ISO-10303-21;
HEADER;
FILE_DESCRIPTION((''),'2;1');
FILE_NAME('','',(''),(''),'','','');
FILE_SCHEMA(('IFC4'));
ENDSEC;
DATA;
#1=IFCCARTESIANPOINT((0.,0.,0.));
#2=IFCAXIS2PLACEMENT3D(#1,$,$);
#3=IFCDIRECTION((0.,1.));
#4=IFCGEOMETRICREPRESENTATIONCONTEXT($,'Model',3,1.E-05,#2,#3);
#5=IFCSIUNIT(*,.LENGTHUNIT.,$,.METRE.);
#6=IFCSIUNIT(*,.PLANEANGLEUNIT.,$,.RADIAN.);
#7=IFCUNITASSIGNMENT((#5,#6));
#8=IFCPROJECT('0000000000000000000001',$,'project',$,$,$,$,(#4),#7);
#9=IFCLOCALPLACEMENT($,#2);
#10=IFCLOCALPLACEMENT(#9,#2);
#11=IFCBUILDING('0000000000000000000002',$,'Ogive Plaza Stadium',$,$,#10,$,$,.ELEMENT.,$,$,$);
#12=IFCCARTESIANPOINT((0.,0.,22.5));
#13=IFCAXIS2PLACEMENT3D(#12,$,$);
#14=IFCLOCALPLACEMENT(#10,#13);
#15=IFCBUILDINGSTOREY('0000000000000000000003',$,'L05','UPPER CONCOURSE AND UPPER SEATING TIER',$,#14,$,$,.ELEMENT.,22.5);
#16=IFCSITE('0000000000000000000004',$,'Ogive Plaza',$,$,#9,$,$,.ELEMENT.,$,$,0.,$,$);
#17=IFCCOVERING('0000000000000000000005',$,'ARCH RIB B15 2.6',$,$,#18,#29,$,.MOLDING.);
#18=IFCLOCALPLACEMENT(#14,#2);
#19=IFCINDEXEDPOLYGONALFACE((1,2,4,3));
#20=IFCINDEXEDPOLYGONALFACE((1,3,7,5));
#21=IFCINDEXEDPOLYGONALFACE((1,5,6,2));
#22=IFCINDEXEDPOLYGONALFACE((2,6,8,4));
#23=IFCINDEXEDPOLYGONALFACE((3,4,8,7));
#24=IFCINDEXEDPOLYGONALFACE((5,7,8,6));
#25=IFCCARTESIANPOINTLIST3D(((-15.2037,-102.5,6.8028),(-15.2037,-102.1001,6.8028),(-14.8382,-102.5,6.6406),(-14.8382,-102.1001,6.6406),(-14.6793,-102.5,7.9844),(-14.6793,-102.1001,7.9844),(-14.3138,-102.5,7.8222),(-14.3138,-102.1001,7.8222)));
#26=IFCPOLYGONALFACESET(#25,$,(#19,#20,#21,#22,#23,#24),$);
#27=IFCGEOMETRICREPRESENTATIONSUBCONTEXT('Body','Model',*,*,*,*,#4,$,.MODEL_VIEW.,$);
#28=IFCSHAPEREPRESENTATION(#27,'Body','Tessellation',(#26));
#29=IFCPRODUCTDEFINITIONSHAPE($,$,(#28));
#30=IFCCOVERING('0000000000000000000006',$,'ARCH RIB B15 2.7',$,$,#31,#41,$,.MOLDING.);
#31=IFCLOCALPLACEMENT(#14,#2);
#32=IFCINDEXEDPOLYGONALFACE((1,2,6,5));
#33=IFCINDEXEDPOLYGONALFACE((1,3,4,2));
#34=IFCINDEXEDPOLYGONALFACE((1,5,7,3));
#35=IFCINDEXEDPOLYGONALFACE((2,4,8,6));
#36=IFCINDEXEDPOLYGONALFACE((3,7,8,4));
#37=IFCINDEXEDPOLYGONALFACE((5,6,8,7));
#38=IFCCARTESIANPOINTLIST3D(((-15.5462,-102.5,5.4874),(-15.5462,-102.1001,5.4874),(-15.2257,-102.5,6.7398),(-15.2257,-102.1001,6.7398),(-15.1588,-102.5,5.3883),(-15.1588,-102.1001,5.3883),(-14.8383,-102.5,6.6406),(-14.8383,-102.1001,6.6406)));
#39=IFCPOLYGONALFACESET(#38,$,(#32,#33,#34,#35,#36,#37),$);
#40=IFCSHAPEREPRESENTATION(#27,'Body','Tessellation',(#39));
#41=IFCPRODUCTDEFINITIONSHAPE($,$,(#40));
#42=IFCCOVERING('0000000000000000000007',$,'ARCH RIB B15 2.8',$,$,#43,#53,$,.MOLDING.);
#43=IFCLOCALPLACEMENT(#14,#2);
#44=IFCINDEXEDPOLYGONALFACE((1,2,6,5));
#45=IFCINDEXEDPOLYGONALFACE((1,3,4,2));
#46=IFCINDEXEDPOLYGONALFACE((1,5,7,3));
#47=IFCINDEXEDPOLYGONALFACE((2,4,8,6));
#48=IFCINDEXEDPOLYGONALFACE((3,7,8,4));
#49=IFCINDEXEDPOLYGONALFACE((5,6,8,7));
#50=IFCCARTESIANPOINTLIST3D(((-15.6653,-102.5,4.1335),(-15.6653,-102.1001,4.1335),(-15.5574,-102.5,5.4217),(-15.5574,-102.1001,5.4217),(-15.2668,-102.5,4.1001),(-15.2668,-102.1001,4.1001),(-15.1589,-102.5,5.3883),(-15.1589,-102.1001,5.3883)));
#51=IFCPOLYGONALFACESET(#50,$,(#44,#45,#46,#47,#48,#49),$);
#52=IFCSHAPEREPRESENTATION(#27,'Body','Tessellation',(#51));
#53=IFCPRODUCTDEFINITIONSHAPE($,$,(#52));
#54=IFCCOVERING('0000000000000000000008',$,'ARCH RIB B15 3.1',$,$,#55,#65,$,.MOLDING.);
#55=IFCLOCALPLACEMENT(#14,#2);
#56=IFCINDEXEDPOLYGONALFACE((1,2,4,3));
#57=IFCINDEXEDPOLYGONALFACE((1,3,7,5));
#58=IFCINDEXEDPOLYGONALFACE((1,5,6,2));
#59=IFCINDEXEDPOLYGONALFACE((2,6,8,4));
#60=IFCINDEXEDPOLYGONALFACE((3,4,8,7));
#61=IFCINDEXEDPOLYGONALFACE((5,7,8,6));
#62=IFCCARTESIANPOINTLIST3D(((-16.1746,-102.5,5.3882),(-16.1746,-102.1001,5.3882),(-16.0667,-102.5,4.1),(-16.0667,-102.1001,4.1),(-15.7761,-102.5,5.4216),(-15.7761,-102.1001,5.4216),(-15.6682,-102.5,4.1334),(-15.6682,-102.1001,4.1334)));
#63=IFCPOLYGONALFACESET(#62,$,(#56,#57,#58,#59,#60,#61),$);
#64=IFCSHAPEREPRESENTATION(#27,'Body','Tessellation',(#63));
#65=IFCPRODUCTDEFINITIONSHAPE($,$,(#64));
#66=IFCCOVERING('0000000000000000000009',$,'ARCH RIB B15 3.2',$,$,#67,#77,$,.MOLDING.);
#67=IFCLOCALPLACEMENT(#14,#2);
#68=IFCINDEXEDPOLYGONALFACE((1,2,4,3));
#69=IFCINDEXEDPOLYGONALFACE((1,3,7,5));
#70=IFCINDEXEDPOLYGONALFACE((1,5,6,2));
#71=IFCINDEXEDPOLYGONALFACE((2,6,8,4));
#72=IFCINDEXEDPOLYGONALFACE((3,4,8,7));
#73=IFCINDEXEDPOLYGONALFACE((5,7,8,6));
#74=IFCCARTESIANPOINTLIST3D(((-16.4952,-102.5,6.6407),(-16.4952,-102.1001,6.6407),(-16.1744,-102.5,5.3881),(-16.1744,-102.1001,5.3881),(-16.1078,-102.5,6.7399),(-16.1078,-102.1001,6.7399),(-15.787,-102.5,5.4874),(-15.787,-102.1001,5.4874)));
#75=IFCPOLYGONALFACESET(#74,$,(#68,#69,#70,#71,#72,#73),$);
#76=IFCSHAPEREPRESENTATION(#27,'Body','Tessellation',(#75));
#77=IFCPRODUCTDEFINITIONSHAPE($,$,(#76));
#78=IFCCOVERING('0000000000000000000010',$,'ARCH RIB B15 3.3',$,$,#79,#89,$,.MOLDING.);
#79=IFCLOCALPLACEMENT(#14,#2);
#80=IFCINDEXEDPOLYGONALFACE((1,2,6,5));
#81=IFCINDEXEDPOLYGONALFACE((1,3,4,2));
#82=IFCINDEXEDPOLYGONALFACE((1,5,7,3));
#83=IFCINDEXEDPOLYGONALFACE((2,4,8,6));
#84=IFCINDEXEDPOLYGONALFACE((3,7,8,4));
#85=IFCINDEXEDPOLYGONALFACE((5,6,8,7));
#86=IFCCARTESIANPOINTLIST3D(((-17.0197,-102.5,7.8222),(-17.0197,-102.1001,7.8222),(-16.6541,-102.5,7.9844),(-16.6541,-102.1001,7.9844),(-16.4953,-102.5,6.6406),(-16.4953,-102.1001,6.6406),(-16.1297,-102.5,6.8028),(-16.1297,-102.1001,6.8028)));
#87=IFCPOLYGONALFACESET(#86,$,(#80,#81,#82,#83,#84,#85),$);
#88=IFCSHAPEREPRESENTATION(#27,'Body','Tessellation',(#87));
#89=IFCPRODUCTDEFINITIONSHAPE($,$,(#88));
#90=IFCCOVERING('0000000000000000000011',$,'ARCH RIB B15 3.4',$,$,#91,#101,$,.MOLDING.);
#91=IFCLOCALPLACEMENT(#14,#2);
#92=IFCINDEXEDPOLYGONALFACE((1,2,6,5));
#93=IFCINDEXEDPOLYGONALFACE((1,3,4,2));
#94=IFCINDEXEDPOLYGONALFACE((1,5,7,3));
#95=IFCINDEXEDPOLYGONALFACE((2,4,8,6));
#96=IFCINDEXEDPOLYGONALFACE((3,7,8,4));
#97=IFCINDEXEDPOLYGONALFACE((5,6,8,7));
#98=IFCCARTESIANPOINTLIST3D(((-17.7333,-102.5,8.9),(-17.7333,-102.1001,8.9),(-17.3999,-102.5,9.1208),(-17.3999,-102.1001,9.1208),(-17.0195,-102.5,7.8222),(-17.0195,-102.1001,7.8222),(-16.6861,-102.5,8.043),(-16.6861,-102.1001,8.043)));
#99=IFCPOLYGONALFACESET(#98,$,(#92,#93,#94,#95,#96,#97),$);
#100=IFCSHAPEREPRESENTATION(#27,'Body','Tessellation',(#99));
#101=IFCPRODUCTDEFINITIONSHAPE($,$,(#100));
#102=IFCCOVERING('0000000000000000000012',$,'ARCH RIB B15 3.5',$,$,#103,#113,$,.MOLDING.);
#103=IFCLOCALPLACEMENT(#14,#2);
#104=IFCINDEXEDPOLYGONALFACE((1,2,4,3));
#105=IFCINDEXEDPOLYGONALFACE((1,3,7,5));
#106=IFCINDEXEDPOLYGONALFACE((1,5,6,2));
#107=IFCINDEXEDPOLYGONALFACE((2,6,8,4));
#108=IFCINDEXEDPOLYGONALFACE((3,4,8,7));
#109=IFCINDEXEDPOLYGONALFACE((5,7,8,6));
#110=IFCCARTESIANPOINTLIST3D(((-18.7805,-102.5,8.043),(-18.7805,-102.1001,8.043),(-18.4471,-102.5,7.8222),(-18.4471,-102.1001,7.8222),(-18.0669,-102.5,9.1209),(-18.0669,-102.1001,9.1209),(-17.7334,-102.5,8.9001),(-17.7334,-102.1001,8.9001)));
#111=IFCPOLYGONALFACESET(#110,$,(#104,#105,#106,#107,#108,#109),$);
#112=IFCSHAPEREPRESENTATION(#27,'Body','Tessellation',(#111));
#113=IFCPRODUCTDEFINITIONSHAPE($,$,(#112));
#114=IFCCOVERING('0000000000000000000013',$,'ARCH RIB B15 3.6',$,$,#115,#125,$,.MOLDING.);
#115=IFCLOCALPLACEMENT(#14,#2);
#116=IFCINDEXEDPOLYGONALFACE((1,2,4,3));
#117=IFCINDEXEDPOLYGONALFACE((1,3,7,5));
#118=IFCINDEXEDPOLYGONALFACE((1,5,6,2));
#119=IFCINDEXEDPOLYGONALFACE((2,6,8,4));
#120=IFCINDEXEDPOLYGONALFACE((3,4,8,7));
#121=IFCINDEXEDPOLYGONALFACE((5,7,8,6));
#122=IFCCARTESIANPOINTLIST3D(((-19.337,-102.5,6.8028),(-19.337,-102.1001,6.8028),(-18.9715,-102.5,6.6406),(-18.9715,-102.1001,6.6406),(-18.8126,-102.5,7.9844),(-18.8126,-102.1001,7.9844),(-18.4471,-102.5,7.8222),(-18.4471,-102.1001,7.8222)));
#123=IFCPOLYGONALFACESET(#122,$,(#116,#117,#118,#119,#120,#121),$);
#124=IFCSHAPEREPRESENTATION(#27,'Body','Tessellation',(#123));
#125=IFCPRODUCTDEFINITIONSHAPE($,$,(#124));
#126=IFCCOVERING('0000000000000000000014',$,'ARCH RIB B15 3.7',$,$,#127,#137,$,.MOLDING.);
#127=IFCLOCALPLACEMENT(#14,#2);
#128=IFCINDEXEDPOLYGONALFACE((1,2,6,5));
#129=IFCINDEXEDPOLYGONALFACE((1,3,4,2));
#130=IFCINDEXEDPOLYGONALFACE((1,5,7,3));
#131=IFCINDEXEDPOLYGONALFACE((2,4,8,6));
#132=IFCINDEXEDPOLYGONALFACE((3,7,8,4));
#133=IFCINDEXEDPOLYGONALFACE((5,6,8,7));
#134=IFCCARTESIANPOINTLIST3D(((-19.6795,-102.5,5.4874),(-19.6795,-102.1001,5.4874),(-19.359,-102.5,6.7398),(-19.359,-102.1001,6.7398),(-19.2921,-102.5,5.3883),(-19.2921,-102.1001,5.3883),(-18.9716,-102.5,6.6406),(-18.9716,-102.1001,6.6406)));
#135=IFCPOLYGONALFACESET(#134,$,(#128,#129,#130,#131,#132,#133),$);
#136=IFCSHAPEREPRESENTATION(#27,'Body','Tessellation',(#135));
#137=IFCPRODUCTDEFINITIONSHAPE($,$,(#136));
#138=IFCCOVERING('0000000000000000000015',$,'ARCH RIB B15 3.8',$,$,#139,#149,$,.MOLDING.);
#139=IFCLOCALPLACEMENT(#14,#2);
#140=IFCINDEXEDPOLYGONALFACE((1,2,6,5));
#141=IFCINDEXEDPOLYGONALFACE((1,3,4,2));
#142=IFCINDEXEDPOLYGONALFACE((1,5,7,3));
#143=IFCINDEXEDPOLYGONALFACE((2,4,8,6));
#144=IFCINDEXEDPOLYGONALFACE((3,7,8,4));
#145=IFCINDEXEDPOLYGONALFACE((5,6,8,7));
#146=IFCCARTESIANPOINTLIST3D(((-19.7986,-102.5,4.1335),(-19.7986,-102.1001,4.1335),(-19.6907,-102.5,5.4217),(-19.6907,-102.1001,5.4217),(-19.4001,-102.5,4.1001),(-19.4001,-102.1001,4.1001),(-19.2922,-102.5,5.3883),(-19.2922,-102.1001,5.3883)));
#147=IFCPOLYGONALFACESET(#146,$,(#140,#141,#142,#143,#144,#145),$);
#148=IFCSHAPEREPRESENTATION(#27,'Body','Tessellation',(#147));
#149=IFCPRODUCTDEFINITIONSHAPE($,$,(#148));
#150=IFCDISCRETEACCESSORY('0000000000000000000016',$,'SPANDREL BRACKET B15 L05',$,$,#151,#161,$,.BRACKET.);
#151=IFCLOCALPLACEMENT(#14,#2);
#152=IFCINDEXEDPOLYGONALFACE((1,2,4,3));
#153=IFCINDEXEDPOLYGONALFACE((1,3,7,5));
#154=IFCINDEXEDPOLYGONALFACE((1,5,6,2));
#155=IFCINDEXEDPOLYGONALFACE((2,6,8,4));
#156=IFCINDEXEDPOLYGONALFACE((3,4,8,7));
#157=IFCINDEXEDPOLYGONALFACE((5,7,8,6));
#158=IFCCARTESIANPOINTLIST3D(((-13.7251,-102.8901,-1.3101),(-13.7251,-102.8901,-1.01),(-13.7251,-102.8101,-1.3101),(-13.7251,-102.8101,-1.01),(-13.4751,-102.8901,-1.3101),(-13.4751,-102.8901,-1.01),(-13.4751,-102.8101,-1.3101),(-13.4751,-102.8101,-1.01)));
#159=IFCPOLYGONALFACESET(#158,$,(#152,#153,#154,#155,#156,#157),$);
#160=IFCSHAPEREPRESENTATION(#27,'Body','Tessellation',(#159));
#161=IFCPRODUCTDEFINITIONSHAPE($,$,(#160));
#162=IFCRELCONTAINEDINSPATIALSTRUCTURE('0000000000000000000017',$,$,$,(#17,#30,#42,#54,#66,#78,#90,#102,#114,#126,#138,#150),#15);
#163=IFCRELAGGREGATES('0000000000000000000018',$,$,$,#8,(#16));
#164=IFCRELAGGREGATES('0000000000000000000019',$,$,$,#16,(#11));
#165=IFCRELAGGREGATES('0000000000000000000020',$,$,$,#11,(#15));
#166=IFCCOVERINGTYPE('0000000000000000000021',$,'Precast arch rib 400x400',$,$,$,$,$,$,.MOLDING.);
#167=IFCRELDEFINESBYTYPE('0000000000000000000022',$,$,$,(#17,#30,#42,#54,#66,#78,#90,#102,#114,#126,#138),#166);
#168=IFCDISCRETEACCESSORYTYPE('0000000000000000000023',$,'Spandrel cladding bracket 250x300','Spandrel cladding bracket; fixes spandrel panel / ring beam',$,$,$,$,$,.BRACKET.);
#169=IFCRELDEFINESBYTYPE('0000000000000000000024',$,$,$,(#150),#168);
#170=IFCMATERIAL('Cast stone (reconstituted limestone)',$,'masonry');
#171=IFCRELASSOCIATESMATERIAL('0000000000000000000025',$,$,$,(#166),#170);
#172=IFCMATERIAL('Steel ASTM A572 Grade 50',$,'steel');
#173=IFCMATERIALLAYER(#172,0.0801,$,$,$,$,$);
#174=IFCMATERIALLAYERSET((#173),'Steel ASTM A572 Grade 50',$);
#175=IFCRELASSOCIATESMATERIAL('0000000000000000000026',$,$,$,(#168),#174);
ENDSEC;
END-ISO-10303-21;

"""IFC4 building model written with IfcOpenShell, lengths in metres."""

from ifc_helpers import new_model, si_unit, direction, frame, origin, origin_2d, place, context, subcontext, project, spatial, rectangle, extrude, material, layer, layer_set, material_profile, profile_set, type_object, element, save


model = new_model("IFC4")

# Units and contexts
model_context = context("Model", 3, precision=1e-05, world=origin(), true_north=direction((0.0, 1.0)))
body_context = subcontext(model_context, "Body", "Model", "MODEL_VIEW")
ifc_project = project(units=[si_unit("LENGTHUNIT", "METRE"), si_unit("PLANEANGLEUNIT", "RADIAN")], contexts=[model_context])

# Site, building, storey
site_placement = place(None, origin())
site = spatial("IfcSite", under=ifc_project, at=site_placement, Name="Ogive Plaza", CompositionType="ELEMENT", RefElevation=0.0)
building_placement = place(site_placement, origin())
building = spatial("IfcBuilding", under=site, at=building_placement, Name="Ogive Plaza Stadium", CompositionType="ELEMENT")
storey_placement = place(building_placement, frame((0.0, 0.0, 22.5)))
storey = spatial("IfcBuildingStorey", under=building, at=storey_placement, Name="L05", Description="UPPER CONCOURSE AND UPPER SEATING TIER", CompositionType="ELEMENT", Elevation=22.5)

# Coverings
ifc_material_1 = material(Name="Cast stone (reconstituted limestone)", Category="masonry")
ifc_material_profile_1 = material_profile(ifc_material_1, rectangle(XDim=0.3999, YDim=0.3999, at=origin_2d()), Name="Cast stone 400x400")
ifc_profile_set_1 = profile_set([ifc_material_profile_1], Name="Cast stone (reconstituted limestone)")
covering_type = type_object("IfcCoveringType", Name="Precast arch rib 400x400", PredefinedType="MOLDING", material=ifc_profile_set_1)
for number, where, z_axis, x_axis, name in (
    (1, (-14.4966, -102.3, 7.9033), (-0.405648, 0.0, -0.914029), (0.0, -1.0, 0.0), "ARCH RIB B15 2.6"),
    (2, (-15.032, -102.3, 6.6902), (-0.247953, 0.0, -0.968772), (0.0, -1.0, 0.0), "ARCH RIB B15 2.7"),
    (3, (-15.3582, -102.3, 5.405), (-0.083467, 0.0, -0.996511), (0.0, -1.0, 0.0), "ARCH RIB B15 2.8"),
    (4, (-15.8674, -102.3, 4.1167), (-0.083467, 0.0, 0.996511), (0.0, -1.0, 0.0), "ARCH RIB B15 3.1"),
):
    element("IfcCovering", number, at=place(storey_placement, frame(where, z_axis=z_axis, x_axis=x_axis)), inside=storey, type_object=covering_type, Name=name, PredefinedType="MOLDING", context=body_context, shape_type="SweptSolid", body=[
        extrude(rectangle(XDim=0.3999, YDim=0.3999, at=origin_2d()), origin(), (0.0, 0.0, 1.0), 1.2927),
    ])
covering_placement = place(storey_placement, frame((-15.9807, -102.3, 5.4377), z_axis=(-0.24813, 0.0, 0.968727), x_axis=(0.0, -1.0, 0.0)))
element("IfcCovering", 5, at=covering_placement, inside=storey, type_object=covering_type, Name="ARCH RIB B15 3.2", PredefinedType="MOLDING", context=body_context, shape_type="SweptSolid", body=[
    extrude(rectangle(XDim=0.3999, YDim=0.3999, at=origin_2d()), origin(), (0.0, 0.0, 1.0), 1.293),
])
for number, where, z_axis, x_axis, name in (
    (6, (-16.3125, -102.3, 6.7217), (-0.405648, 0.0, 0.914029), (0.0, -1.0, 0.0), "ARCH RIB B15 3.3"),
    (7, (-16.8528, -102.3, 7.9326), (-0.55217, 0.0, 0.833731), (0.0, -1.0, 0.0), "ARCH RIB B15 3.4"),
    (8, (-17.9001, -102.3, 9.0105), (-0.552039, 0.0, -0.833818), (0.0, -1.0, 0.0), "ARCH RIB B15 3.5"),
    (9, (-18.6299, -102.3, 7.9033), (-0.405648, 0.0, -0.914029), (0.0, -1.0, 0.0), "ARCH RIB B15 3.6"),
    (10, (-19.1653, -102.3, 6.6902), (-0.247953, 0.0, -0.968772), (0.0, -1.0, 0.0), "ARCH RIB B15 3.7"),
    (11, (-19.4915, -102.3, 5.405), (-0.083467, 0.0, -0.996511), (0.0, -1.0, 0.0), "ARCH RIB B15 3.8"),
):
    element("IfcCovering", number, at=place(storey_placement, frame(where, z_axis=z_axis, x_axis=x_axis)), inside=storey, type_object=covering_type, Name=name, PredefinedType="MOLDING", context=body_context, shape_type="SweptSolid", body=[
        extrude(rectangle(XDim=0.3999, YDim=0.3999, at=origin_2d()), origin(), (0.0, 0.0, 1.0), 1.2927),
    ])

# Discrete accessory
ifc_material_2 = material(Name="Steel ASTM A572 Grade 50", Category="steel")
ifc_layer_1 = layer(ifc_material_2, 0.0801)
ifc_layer_set_1 = layer_set([ifc_layer_1], Name="Steel ASTM A572 Grade 50")
discrete_accessory_type = type_object("IfcDiscreteAccessoryType", Name="Spandrel cladding bracket 250x300", Description="Spandrel cladding bracket; fixes spandrel panel / ring beam", PredefinedType="BRACKET", material=ifc_layer_set_1)
discrete_accessory_placement = place(storey_placement, frame((-13.6001, -102.8501, -1.3101), z_axis=(0.0, 0.0, 1.0), x_axis=(-1.0, 0.0, 0.0)))
element("IfcDiscreteAccessory", 12, at=discrete_accessory_placement, inside=storey, type_object=discrete_accessory_type, Name="SPANDREL BRACKET B15 L05", PredefinedType="BRACKET", context=body_context, shape_type="SweptSolid", body=[
    extrude(rectangle(XDim=0.25, YDim=0.0801, at=origin_2d()), origin(), (0.0, 0.0, 1.0), 0.3),
])

save(model, "model.ifc")
